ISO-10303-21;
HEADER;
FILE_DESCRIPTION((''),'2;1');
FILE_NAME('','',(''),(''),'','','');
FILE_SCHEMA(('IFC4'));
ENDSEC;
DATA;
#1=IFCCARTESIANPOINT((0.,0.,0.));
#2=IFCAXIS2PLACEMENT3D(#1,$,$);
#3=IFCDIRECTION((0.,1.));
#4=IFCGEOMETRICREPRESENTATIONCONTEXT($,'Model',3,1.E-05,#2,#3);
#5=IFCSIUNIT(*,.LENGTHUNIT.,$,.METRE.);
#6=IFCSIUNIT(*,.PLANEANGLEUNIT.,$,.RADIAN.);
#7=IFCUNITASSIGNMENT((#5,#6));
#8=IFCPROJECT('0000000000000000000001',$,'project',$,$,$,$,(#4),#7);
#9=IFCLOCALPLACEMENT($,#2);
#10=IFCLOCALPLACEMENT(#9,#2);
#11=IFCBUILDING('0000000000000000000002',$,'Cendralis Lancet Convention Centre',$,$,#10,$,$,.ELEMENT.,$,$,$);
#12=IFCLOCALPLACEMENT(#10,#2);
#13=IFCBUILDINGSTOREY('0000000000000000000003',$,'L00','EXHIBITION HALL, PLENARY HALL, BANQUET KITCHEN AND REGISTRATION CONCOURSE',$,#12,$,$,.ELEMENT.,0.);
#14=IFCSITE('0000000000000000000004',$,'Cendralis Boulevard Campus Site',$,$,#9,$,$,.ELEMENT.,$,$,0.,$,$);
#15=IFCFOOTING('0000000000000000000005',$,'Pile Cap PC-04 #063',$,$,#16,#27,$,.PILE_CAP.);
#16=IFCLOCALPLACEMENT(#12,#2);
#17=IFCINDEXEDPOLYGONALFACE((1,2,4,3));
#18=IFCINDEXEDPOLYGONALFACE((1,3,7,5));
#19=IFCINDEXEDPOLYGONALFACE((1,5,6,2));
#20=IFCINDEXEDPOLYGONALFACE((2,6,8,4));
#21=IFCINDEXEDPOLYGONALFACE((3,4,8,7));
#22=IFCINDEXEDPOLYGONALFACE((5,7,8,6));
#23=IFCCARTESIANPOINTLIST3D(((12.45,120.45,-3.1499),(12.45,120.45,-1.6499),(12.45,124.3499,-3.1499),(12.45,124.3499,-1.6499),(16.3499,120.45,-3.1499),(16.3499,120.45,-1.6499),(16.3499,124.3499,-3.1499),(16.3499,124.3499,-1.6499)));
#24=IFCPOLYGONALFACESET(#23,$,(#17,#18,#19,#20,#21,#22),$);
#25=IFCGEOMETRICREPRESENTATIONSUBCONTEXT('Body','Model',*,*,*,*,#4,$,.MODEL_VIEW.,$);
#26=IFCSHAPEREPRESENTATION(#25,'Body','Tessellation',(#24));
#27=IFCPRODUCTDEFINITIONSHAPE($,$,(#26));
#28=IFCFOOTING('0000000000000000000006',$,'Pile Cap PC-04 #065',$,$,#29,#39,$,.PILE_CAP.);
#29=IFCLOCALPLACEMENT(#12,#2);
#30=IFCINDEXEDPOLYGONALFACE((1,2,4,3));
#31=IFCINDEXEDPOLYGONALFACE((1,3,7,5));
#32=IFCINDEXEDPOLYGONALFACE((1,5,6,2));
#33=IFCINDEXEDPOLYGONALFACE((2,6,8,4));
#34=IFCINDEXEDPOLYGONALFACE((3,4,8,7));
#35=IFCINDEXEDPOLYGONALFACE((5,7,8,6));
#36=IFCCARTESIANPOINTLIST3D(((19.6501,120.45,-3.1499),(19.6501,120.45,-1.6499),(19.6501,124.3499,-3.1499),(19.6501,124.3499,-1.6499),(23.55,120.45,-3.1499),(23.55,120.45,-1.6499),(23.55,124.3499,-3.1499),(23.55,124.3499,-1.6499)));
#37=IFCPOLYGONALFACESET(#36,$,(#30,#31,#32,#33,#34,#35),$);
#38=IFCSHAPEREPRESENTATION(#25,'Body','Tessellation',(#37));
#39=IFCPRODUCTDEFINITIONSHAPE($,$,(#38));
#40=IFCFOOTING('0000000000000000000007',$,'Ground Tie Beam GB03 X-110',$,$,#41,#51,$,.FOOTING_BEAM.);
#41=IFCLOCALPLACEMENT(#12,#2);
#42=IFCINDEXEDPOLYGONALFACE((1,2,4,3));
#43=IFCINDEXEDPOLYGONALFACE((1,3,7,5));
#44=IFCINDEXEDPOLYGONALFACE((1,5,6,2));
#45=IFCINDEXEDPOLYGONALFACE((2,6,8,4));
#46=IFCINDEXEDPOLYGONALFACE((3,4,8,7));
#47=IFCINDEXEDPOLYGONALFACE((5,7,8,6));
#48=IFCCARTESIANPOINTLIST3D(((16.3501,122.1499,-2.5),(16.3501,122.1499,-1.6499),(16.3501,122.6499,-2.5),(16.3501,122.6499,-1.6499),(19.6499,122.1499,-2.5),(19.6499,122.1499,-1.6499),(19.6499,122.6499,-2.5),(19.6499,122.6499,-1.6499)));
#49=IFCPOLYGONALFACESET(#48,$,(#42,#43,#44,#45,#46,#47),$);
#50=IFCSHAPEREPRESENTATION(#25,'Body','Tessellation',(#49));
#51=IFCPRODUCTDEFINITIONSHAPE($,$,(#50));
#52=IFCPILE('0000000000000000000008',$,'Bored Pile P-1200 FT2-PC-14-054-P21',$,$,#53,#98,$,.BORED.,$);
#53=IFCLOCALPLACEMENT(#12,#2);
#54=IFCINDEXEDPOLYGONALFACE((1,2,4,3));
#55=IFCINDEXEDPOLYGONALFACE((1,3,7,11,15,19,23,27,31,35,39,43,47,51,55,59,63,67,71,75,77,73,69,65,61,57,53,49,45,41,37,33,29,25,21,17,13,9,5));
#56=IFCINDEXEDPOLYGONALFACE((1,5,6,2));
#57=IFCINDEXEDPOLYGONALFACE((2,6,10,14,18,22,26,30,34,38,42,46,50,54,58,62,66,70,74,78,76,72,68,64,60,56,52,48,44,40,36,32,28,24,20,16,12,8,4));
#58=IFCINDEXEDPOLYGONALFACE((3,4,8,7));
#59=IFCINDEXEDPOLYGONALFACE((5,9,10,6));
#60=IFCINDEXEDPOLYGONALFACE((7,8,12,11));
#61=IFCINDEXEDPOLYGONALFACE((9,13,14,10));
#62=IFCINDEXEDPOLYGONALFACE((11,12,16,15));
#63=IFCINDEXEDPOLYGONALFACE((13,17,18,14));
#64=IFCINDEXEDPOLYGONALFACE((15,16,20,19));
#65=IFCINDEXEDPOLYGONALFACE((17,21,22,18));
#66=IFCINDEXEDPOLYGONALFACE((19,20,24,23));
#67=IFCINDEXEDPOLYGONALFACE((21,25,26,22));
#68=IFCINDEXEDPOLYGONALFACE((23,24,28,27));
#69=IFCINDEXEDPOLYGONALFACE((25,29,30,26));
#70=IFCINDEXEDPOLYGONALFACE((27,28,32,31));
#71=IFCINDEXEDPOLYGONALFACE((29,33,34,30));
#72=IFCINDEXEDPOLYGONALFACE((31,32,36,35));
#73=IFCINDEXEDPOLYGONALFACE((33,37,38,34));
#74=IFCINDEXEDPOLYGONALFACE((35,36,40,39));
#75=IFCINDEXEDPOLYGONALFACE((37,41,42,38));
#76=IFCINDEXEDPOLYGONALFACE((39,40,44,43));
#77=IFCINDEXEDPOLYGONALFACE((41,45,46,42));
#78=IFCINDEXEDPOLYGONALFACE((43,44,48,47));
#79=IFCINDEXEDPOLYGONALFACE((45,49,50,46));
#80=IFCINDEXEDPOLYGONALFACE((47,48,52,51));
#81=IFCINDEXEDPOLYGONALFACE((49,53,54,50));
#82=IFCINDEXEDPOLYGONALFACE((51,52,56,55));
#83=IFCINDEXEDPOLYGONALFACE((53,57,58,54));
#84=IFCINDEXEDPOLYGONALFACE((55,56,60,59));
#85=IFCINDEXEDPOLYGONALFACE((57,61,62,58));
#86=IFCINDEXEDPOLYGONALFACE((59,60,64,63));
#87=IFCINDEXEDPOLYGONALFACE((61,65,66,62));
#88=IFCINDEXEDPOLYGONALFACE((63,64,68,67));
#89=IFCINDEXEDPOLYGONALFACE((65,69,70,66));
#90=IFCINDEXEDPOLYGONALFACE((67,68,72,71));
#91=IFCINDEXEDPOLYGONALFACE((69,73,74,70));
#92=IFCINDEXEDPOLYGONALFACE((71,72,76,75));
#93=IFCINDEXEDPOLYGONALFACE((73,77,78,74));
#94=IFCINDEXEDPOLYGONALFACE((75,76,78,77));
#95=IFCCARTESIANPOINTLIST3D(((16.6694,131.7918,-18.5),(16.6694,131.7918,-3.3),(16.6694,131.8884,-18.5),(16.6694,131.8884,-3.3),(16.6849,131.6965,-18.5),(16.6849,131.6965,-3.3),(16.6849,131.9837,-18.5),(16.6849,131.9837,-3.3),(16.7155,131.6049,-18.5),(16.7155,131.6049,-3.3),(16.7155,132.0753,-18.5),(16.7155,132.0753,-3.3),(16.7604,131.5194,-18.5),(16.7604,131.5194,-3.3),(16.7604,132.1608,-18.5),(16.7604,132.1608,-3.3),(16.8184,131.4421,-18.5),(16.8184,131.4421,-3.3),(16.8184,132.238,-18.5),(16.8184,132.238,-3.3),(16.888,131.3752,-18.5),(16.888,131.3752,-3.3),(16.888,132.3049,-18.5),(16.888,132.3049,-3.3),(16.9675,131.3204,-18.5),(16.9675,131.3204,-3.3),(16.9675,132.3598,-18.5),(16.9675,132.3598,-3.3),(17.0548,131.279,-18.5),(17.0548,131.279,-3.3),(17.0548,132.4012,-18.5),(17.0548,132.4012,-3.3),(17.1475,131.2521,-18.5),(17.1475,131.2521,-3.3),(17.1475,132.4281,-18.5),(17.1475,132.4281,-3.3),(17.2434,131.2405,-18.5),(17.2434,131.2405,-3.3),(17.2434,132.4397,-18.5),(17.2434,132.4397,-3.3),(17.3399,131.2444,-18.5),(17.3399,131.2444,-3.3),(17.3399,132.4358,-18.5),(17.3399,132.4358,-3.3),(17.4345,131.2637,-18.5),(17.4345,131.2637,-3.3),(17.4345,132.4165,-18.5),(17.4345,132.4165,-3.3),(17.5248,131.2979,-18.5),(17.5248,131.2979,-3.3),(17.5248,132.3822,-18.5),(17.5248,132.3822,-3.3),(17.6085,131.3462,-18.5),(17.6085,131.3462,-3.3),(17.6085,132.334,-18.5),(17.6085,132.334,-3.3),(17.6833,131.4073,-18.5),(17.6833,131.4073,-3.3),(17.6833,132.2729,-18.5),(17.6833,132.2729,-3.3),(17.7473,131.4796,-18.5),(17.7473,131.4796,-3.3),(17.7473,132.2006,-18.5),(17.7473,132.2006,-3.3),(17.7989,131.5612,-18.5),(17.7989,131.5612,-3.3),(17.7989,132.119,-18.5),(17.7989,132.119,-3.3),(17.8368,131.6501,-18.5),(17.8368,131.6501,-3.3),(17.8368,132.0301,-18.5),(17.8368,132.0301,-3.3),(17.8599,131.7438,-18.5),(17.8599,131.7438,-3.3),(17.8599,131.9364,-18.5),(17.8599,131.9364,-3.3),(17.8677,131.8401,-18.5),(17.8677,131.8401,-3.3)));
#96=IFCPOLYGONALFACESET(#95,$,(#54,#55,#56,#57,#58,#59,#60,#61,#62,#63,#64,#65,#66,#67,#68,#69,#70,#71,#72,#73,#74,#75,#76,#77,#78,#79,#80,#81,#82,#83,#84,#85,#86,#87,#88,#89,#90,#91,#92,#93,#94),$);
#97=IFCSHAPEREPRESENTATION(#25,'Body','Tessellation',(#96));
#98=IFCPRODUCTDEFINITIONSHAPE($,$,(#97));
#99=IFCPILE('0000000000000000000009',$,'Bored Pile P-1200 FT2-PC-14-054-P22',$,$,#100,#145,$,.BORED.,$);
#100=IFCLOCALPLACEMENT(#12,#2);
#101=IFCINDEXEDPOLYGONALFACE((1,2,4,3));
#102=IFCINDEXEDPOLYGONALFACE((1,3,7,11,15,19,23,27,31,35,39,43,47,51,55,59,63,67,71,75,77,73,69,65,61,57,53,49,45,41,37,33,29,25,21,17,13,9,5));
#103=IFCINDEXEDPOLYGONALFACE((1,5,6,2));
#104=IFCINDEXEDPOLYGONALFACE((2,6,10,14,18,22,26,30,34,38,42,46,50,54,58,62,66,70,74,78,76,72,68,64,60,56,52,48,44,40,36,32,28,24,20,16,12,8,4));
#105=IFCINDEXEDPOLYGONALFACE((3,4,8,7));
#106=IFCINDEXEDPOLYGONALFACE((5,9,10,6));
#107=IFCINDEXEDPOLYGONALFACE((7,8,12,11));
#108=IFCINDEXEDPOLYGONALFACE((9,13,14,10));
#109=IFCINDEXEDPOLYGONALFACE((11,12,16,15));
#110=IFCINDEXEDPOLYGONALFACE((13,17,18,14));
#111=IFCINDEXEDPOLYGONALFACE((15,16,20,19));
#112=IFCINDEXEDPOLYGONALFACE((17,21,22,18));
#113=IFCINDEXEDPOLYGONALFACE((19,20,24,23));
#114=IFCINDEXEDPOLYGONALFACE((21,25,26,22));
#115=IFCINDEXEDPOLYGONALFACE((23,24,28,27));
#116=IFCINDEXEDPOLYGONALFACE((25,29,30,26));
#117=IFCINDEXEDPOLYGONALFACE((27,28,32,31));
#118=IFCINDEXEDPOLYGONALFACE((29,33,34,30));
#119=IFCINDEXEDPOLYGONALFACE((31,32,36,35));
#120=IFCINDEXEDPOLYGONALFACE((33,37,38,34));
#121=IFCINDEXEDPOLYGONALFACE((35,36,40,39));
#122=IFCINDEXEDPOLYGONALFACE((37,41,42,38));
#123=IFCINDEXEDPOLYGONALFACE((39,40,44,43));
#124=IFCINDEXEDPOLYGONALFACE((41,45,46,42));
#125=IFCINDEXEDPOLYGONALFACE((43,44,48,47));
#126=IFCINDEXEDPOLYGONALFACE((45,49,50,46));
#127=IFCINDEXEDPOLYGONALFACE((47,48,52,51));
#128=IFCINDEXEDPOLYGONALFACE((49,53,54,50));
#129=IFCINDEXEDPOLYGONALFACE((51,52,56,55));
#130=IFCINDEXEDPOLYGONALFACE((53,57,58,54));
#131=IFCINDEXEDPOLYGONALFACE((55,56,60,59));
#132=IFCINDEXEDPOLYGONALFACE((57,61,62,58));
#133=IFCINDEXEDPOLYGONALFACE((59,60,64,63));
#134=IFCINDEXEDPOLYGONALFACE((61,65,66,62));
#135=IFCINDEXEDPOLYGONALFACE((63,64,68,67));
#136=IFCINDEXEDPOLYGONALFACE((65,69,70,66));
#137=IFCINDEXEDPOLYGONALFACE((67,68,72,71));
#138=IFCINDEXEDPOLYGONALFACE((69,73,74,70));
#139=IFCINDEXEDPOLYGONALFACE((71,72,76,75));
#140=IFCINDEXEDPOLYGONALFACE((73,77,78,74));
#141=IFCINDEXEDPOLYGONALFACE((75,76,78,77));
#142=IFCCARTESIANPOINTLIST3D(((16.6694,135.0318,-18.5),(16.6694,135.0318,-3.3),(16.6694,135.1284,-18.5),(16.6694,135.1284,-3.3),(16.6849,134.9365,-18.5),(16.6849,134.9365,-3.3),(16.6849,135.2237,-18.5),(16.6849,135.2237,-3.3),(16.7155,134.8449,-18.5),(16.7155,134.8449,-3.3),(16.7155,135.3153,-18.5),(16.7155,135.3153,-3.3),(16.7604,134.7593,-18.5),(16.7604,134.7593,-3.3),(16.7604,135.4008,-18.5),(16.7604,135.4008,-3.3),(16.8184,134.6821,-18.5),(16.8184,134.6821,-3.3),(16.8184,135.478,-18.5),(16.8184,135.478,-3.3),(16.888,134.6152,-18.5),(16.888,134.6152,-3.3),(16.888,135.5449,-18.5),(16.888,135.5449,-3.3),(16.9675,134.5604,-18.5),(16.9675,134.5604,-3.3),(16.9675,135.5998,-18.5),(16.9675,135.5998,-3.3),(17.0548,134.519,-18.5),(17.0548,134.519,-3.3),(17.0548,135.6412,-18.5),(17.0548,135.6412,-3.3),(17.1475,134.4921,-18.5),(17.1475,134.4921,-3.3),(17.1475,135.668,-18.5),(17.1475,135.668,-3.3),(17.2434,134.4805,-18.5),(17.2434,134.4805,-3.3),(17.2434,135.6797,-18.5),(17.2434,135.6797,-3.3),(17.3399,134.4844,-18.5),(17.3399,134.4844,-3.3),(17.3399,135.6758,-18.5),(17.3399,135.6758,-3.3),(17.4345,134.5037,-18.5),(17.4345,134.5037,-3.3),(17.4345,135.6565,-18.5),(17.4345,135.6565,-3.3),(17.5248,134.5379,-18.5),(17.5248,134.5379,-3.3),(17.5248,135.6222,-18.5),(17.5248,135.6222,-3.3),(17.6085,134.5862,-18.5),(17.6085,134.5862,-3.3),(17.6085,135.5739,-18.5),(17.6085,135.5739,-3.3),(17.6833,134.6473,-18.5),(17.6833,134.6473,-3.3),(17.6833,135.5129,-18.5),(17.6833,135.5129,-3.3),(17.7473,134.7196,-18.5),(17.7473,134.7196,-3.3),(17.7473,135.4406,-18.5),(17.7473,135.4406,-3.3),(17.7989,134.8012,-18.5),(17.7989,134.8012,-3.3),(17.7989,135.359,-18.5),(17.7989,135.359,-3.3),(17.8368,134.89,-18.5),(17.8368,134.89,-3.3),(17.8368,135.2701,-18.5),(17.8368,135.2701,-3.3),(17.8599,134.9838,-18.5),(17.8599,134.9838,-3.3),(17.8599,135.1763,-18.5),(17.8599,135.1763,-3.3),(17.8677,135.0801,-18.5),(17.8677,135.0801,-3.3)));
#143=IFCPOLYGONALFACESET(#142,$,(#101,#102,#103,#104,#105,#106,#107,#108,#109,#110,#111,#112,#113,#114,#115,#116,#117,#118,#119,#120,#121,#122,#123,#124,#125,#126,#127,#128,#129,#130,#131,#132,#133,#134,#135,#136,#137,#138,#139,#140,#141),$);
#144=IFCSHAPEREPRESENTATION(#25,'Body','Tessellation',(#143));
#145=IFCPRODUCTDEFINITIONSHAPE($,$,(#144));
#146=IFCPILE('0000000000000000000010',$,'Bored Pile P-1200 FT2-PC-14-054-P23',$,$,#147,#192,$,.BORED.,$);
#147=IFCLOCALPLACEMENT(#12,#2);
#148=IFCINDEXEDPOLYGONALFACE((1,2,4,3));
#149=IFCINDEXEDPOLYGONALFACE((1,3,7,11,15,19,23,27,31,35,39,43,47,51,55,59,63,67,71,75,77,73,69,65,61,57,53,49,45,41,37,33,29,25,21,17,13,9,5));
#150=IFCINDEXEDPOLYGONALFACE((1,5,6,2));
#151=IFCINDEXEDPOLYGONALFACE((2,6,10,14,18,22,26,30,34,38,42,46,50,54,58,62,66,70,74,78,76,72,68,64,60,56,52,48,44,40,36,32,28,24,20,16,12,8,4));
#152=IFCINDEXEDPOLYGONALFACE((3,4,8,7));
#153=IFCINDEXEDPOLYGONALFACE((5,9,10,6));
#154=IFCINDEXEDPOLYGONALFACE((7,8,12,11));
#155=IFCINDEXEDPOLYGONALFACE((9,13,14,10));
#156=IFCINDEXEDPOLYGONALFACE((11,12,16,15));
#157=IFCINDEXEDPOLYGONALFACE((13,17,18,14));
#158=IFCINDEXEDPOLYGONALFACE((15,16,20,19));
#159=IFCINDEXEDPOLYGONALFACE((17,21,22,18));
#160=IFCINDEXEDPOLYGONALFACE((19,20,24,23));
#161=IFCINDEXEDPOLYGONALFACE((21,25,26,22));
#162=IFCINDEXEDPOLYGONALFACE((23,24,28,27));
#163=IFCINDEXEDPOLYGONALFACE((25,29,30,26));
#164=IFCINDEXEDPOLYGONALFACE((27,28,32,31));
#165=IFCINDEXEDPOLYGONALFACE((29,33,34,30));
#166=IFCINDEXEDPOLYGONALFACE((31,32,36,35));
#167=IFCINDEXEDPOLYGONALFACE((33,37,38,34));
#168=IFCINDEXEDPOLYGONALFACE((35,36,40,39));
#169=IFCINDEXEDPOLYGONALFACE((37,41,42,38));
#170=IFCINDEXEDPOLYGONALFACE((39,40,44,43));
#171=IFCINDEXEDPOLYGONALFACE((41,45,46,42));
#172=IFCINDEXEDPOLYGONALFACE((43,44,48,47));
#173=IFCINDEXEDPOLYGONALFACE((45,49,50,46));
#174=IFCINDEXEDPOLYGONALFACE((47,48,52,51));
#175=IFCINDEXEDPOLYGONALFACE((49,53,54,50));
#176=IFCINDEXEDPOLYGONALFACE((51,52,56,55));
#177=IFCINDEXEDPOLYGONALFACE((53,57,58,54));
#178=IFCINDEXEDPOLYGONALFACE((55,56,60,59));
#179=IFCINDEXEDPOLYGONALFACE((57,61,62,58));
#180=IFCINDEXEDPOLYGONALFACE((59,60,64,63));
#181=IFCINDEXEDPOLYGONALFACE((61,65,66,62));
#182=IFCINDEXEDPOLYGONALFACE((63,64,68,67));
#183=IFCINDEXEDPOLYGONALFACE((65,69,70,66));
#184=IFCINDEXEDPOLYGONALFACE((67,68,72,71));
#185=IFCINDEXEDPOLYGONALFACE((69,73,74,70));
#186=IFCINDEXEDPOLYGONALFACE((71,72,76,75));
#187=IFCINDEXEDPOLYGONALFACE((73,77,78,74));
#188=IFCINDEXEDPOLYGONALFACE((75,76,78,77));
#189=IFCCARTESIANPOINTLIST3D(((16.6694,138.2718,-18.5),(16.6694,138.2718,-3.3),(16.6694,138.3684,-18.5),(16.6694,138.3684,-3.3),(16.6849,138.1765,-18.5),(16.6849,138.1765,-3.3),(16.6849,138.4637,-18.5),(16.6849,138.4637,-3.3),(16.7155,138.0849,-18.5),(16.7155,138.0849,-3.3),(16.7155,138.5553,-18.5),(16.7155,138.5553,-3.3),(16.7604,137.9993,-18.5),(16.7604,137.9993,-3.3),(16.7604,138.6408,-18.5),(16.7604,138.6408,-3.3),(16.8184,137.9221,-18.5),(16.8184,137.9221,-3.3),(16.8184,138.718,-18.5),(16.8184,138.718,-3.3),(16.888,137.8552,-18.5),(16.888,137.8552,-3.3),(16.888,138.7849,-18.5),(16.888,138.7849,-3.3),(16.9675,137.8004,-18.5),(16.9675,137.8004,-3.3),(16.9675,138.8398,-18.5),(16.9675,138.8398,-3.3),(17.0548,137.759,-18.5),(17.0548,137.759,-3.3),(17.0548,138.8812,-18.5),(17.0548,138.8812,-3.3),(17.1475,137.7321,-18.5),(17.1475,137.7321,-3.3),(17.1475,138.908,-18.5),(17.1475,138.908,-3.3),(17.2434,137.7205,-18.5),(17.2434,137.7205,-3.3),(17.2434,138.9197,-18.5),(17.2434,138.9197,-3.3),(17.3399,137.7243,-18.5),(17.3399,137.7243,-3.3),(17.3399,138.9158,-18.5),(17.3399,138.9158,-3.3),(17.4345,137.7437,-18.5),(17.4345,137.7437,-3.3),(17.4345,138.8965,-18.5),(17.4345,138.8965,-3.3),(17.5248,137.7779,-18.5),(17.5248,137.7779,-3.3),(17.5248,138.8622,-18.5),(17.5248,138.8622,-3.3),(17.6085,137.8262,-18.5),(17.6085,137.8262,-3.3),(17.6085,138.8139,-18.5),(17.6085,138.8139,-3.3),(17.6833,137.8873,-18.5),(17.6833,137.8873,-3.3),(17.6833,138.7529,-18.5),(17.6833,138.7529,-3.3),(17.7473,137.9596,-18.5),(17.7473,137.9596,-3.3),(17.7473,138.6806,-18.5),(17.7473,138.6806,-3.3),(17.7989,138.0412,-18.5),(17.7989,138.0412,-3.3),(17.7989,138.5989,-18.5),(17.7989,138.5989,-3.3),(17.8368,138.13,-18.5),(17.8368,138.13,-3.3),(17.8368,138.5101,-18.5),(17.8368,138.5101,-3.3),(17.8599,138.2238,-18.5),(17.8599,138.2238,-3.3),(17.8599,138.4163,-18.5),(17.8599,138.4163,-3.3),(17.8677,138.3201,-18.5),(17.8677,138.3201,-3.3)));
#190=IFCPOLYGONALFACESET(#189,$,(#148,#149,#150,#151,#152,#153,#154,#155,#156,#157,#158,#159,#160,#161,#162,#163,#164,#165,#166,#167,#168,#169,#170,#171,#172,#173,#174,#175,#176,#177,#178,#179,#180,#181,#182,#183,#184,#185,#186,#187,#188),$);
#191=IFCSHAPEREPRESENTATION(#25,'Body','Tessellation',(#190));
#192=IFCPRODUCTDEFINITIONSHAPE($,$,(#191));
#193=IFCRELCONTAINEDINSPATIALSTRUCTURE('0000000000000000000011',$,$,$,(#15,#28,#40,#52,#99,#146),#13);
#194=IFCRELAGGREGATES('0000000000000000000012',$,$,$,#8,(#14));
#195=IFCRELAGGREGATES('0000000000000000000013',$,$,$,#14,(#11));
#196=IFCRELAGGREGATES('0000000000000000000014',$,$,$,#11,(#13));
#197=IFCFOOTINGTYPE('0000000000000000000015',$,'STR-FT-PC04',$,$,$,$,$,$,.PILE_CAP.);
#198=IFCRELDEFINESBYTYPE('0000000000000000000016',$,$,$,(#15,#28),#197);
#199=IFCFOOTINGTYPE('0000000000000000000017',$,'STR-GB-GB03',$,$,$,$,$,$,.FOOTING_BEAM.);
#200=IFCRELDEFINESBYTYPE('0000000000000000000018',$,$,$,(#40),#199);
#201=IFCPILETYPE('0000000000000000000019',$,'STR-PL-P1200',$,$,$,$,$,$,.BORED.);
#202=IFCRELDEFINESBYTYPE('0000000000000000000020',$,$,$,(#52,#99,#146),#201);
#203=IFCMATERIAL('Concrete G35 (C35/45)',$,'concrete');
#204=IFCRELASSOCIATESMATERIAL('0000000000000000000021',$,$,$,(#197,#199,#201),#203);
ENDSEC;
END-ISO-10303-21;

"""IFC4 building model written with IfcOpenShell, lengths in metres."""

from ifc_helpers import new_model, si_unit, direction, frame, origin, origin_2d, place, context, subcontext, project, spatial, rectangle, circle, extrude, material, material_profile, profile_set, type_object, element, save


model = new_model("IFC4")

# Units and contexts
model_context = context("Model", 3, precision=1e-05, world=origin(), true_north=direction((0.0, 1.0)))
body_context = subcontext(model_context, "Body", "Model", "MODEL_VIEW")
ifc_project = project(units=[si_unit("LENGTHUNIT", "METRE"), si_unit("PLANEANGLEUNIT", "RADIAN")], contexts=[model_context])

# Site, building, storey
site_placement = place(None, origin())
site = spatial("IfcSite", under=ifc_project, at=site_placement, Name="Cendralis Boulevard Campus Site", CompositionType="ELEMENT", RefElevation=0.0)
building_placement = place(site_placement, origin())
building = spatial("IfcBuilding", under=site, at=building_placement, Name="Cendralis Lancet Convention Centre", CompositionType="ELEMENT")
storey_placement = place(building_placement, origin())
storey = spatial("IfcBuildingStorey", under=building, at=storey_placement, Name="L00", Description="EXHIBITION HALL, PLENARY HALL, BANQUET KITCHEN AND REGISTRATION CONCOURSE", CompositionType="ELEMENT", Elevation=0.0)

# Footings
ifc_material_1 = material(Name="Concrete G35 (C35/45)", Category="concrete")
footing_type_1 = type_object("IfcFootingType", Name="STR-FT-PC04", PredefinedType="PILE_CAP", material=ifc_material_1)
for number, where, z_axis, x_axis, name in (
    (1, (14.3999, 122.3999, -3.1499), (0.0, 0.0, 1.0), (1.0, 0.0, 0.0), "Pile Cap PC-04 #063"),
    (2, (21.6001, 122.3999, -3.1499), (0.0, 0.0, 1.0), (1.0, 0.0, 0.0), "Pile Cap PC-04 #065"),
):
    element("IfcFooting", number, at=place(storey_placement, frame(where, z_axis=z_axis, x_axis=x_axis)), inside=storey, type_object=footing_type_1, Name=name, PredefinedType="PILE_CAP", context=body_context, shape_type="SweptSolid", body=[
        extrude(rectangle(XDim=3.8999, YDim=3.8999, at=origin_2d()), origin(), (0.0, 0.0, 1.0), 1.5),
    ])
ifc_material_profile_1 = material_profile(ifc_material_1, rectangle(XDim=0.5, YDim=0.8501, at=origin_2d()), Name="RCB 500x850")
ifc_profile_set_1 = profile_set([ifc_material_profile_1], Name="Concrete G35 (C35/45)")
footing_type_2 = type_object("IfcFootingType", Name="STR-GB-GB03", PredefinedType="FOOTING_BEAM", material=ifc_profile_set_1)
footing_placement = place(storey_placement, frame((16.3501, 122.3999, -2.075), z_axis=(1.0, 0.0, 0.0), x_axis=(0.0, 1.0, 0.0)))
element("IfcFooting", 3, at=footing_placement, inside=storey, type_object=footing_type_2, Name="Ground Tie Beam GB03 X-110", PredefinedType="FOOTING_BEAM", context=body_context, shape_type="SweptSolid", body=[
    extrude(rectangle(XDim=0.5, YDim=0.8501, at=origin_2d()), origin(), (0.0, 0.0, 1.0), 3.2998),
])

# Piles
ifc_material_profile_2 = material_profile(ifc_material_1, circle(Radius=0.6001, at=origin_2d()), Name="BORED PILE D1200")
ifc_profile_set_2 = profile_set([ifc_material_profile_2], Name="Concrete G35 (C35/45)")
pile_type_1 = type_object("IfcPileType", Name="STR-PL-P1200", PredefinedType="BORED", material=ifc_profile_set_2)
for number, where, z_axis, x_axis, name in (
    (4, (17.2676, 131.8401, -3.3), (0.0, 0.0, -1.0), (1.0, 0.0, 0.0), "Bored Pile P-1200 FT2-PC-14-054-P21"),
    (5, (17.2676, 135.0801, -3.3), (0.0, 0.0, -1.0), (1.0, 0.0, 0.0), "Bored Pile P-1200 FT2-PC-14-054-P22"),
    (6, (17.2676, 138.3201, -3.3), (0.0, 0.0, -1.0), (1.0, 0.0, 0.0), "Bored Pile P-1200 FT2-PC-14-054-P23"),
):
    element("IfcPile", number, at=place(storey_placement, frame(where, z_axis=z_axis, x_axis=x_axis)), inside=storey, type_object=pile_type_1, Name=name, PredefinedType="BORED", context=body_context, shape_type="SweptSolid", body=[
        extrude(circle(Radius=0.6001, at=origin_2d()), origin(), (0.0, 0.0, 1.0), 15.2),
    ])

save(model, "model.ifc")
